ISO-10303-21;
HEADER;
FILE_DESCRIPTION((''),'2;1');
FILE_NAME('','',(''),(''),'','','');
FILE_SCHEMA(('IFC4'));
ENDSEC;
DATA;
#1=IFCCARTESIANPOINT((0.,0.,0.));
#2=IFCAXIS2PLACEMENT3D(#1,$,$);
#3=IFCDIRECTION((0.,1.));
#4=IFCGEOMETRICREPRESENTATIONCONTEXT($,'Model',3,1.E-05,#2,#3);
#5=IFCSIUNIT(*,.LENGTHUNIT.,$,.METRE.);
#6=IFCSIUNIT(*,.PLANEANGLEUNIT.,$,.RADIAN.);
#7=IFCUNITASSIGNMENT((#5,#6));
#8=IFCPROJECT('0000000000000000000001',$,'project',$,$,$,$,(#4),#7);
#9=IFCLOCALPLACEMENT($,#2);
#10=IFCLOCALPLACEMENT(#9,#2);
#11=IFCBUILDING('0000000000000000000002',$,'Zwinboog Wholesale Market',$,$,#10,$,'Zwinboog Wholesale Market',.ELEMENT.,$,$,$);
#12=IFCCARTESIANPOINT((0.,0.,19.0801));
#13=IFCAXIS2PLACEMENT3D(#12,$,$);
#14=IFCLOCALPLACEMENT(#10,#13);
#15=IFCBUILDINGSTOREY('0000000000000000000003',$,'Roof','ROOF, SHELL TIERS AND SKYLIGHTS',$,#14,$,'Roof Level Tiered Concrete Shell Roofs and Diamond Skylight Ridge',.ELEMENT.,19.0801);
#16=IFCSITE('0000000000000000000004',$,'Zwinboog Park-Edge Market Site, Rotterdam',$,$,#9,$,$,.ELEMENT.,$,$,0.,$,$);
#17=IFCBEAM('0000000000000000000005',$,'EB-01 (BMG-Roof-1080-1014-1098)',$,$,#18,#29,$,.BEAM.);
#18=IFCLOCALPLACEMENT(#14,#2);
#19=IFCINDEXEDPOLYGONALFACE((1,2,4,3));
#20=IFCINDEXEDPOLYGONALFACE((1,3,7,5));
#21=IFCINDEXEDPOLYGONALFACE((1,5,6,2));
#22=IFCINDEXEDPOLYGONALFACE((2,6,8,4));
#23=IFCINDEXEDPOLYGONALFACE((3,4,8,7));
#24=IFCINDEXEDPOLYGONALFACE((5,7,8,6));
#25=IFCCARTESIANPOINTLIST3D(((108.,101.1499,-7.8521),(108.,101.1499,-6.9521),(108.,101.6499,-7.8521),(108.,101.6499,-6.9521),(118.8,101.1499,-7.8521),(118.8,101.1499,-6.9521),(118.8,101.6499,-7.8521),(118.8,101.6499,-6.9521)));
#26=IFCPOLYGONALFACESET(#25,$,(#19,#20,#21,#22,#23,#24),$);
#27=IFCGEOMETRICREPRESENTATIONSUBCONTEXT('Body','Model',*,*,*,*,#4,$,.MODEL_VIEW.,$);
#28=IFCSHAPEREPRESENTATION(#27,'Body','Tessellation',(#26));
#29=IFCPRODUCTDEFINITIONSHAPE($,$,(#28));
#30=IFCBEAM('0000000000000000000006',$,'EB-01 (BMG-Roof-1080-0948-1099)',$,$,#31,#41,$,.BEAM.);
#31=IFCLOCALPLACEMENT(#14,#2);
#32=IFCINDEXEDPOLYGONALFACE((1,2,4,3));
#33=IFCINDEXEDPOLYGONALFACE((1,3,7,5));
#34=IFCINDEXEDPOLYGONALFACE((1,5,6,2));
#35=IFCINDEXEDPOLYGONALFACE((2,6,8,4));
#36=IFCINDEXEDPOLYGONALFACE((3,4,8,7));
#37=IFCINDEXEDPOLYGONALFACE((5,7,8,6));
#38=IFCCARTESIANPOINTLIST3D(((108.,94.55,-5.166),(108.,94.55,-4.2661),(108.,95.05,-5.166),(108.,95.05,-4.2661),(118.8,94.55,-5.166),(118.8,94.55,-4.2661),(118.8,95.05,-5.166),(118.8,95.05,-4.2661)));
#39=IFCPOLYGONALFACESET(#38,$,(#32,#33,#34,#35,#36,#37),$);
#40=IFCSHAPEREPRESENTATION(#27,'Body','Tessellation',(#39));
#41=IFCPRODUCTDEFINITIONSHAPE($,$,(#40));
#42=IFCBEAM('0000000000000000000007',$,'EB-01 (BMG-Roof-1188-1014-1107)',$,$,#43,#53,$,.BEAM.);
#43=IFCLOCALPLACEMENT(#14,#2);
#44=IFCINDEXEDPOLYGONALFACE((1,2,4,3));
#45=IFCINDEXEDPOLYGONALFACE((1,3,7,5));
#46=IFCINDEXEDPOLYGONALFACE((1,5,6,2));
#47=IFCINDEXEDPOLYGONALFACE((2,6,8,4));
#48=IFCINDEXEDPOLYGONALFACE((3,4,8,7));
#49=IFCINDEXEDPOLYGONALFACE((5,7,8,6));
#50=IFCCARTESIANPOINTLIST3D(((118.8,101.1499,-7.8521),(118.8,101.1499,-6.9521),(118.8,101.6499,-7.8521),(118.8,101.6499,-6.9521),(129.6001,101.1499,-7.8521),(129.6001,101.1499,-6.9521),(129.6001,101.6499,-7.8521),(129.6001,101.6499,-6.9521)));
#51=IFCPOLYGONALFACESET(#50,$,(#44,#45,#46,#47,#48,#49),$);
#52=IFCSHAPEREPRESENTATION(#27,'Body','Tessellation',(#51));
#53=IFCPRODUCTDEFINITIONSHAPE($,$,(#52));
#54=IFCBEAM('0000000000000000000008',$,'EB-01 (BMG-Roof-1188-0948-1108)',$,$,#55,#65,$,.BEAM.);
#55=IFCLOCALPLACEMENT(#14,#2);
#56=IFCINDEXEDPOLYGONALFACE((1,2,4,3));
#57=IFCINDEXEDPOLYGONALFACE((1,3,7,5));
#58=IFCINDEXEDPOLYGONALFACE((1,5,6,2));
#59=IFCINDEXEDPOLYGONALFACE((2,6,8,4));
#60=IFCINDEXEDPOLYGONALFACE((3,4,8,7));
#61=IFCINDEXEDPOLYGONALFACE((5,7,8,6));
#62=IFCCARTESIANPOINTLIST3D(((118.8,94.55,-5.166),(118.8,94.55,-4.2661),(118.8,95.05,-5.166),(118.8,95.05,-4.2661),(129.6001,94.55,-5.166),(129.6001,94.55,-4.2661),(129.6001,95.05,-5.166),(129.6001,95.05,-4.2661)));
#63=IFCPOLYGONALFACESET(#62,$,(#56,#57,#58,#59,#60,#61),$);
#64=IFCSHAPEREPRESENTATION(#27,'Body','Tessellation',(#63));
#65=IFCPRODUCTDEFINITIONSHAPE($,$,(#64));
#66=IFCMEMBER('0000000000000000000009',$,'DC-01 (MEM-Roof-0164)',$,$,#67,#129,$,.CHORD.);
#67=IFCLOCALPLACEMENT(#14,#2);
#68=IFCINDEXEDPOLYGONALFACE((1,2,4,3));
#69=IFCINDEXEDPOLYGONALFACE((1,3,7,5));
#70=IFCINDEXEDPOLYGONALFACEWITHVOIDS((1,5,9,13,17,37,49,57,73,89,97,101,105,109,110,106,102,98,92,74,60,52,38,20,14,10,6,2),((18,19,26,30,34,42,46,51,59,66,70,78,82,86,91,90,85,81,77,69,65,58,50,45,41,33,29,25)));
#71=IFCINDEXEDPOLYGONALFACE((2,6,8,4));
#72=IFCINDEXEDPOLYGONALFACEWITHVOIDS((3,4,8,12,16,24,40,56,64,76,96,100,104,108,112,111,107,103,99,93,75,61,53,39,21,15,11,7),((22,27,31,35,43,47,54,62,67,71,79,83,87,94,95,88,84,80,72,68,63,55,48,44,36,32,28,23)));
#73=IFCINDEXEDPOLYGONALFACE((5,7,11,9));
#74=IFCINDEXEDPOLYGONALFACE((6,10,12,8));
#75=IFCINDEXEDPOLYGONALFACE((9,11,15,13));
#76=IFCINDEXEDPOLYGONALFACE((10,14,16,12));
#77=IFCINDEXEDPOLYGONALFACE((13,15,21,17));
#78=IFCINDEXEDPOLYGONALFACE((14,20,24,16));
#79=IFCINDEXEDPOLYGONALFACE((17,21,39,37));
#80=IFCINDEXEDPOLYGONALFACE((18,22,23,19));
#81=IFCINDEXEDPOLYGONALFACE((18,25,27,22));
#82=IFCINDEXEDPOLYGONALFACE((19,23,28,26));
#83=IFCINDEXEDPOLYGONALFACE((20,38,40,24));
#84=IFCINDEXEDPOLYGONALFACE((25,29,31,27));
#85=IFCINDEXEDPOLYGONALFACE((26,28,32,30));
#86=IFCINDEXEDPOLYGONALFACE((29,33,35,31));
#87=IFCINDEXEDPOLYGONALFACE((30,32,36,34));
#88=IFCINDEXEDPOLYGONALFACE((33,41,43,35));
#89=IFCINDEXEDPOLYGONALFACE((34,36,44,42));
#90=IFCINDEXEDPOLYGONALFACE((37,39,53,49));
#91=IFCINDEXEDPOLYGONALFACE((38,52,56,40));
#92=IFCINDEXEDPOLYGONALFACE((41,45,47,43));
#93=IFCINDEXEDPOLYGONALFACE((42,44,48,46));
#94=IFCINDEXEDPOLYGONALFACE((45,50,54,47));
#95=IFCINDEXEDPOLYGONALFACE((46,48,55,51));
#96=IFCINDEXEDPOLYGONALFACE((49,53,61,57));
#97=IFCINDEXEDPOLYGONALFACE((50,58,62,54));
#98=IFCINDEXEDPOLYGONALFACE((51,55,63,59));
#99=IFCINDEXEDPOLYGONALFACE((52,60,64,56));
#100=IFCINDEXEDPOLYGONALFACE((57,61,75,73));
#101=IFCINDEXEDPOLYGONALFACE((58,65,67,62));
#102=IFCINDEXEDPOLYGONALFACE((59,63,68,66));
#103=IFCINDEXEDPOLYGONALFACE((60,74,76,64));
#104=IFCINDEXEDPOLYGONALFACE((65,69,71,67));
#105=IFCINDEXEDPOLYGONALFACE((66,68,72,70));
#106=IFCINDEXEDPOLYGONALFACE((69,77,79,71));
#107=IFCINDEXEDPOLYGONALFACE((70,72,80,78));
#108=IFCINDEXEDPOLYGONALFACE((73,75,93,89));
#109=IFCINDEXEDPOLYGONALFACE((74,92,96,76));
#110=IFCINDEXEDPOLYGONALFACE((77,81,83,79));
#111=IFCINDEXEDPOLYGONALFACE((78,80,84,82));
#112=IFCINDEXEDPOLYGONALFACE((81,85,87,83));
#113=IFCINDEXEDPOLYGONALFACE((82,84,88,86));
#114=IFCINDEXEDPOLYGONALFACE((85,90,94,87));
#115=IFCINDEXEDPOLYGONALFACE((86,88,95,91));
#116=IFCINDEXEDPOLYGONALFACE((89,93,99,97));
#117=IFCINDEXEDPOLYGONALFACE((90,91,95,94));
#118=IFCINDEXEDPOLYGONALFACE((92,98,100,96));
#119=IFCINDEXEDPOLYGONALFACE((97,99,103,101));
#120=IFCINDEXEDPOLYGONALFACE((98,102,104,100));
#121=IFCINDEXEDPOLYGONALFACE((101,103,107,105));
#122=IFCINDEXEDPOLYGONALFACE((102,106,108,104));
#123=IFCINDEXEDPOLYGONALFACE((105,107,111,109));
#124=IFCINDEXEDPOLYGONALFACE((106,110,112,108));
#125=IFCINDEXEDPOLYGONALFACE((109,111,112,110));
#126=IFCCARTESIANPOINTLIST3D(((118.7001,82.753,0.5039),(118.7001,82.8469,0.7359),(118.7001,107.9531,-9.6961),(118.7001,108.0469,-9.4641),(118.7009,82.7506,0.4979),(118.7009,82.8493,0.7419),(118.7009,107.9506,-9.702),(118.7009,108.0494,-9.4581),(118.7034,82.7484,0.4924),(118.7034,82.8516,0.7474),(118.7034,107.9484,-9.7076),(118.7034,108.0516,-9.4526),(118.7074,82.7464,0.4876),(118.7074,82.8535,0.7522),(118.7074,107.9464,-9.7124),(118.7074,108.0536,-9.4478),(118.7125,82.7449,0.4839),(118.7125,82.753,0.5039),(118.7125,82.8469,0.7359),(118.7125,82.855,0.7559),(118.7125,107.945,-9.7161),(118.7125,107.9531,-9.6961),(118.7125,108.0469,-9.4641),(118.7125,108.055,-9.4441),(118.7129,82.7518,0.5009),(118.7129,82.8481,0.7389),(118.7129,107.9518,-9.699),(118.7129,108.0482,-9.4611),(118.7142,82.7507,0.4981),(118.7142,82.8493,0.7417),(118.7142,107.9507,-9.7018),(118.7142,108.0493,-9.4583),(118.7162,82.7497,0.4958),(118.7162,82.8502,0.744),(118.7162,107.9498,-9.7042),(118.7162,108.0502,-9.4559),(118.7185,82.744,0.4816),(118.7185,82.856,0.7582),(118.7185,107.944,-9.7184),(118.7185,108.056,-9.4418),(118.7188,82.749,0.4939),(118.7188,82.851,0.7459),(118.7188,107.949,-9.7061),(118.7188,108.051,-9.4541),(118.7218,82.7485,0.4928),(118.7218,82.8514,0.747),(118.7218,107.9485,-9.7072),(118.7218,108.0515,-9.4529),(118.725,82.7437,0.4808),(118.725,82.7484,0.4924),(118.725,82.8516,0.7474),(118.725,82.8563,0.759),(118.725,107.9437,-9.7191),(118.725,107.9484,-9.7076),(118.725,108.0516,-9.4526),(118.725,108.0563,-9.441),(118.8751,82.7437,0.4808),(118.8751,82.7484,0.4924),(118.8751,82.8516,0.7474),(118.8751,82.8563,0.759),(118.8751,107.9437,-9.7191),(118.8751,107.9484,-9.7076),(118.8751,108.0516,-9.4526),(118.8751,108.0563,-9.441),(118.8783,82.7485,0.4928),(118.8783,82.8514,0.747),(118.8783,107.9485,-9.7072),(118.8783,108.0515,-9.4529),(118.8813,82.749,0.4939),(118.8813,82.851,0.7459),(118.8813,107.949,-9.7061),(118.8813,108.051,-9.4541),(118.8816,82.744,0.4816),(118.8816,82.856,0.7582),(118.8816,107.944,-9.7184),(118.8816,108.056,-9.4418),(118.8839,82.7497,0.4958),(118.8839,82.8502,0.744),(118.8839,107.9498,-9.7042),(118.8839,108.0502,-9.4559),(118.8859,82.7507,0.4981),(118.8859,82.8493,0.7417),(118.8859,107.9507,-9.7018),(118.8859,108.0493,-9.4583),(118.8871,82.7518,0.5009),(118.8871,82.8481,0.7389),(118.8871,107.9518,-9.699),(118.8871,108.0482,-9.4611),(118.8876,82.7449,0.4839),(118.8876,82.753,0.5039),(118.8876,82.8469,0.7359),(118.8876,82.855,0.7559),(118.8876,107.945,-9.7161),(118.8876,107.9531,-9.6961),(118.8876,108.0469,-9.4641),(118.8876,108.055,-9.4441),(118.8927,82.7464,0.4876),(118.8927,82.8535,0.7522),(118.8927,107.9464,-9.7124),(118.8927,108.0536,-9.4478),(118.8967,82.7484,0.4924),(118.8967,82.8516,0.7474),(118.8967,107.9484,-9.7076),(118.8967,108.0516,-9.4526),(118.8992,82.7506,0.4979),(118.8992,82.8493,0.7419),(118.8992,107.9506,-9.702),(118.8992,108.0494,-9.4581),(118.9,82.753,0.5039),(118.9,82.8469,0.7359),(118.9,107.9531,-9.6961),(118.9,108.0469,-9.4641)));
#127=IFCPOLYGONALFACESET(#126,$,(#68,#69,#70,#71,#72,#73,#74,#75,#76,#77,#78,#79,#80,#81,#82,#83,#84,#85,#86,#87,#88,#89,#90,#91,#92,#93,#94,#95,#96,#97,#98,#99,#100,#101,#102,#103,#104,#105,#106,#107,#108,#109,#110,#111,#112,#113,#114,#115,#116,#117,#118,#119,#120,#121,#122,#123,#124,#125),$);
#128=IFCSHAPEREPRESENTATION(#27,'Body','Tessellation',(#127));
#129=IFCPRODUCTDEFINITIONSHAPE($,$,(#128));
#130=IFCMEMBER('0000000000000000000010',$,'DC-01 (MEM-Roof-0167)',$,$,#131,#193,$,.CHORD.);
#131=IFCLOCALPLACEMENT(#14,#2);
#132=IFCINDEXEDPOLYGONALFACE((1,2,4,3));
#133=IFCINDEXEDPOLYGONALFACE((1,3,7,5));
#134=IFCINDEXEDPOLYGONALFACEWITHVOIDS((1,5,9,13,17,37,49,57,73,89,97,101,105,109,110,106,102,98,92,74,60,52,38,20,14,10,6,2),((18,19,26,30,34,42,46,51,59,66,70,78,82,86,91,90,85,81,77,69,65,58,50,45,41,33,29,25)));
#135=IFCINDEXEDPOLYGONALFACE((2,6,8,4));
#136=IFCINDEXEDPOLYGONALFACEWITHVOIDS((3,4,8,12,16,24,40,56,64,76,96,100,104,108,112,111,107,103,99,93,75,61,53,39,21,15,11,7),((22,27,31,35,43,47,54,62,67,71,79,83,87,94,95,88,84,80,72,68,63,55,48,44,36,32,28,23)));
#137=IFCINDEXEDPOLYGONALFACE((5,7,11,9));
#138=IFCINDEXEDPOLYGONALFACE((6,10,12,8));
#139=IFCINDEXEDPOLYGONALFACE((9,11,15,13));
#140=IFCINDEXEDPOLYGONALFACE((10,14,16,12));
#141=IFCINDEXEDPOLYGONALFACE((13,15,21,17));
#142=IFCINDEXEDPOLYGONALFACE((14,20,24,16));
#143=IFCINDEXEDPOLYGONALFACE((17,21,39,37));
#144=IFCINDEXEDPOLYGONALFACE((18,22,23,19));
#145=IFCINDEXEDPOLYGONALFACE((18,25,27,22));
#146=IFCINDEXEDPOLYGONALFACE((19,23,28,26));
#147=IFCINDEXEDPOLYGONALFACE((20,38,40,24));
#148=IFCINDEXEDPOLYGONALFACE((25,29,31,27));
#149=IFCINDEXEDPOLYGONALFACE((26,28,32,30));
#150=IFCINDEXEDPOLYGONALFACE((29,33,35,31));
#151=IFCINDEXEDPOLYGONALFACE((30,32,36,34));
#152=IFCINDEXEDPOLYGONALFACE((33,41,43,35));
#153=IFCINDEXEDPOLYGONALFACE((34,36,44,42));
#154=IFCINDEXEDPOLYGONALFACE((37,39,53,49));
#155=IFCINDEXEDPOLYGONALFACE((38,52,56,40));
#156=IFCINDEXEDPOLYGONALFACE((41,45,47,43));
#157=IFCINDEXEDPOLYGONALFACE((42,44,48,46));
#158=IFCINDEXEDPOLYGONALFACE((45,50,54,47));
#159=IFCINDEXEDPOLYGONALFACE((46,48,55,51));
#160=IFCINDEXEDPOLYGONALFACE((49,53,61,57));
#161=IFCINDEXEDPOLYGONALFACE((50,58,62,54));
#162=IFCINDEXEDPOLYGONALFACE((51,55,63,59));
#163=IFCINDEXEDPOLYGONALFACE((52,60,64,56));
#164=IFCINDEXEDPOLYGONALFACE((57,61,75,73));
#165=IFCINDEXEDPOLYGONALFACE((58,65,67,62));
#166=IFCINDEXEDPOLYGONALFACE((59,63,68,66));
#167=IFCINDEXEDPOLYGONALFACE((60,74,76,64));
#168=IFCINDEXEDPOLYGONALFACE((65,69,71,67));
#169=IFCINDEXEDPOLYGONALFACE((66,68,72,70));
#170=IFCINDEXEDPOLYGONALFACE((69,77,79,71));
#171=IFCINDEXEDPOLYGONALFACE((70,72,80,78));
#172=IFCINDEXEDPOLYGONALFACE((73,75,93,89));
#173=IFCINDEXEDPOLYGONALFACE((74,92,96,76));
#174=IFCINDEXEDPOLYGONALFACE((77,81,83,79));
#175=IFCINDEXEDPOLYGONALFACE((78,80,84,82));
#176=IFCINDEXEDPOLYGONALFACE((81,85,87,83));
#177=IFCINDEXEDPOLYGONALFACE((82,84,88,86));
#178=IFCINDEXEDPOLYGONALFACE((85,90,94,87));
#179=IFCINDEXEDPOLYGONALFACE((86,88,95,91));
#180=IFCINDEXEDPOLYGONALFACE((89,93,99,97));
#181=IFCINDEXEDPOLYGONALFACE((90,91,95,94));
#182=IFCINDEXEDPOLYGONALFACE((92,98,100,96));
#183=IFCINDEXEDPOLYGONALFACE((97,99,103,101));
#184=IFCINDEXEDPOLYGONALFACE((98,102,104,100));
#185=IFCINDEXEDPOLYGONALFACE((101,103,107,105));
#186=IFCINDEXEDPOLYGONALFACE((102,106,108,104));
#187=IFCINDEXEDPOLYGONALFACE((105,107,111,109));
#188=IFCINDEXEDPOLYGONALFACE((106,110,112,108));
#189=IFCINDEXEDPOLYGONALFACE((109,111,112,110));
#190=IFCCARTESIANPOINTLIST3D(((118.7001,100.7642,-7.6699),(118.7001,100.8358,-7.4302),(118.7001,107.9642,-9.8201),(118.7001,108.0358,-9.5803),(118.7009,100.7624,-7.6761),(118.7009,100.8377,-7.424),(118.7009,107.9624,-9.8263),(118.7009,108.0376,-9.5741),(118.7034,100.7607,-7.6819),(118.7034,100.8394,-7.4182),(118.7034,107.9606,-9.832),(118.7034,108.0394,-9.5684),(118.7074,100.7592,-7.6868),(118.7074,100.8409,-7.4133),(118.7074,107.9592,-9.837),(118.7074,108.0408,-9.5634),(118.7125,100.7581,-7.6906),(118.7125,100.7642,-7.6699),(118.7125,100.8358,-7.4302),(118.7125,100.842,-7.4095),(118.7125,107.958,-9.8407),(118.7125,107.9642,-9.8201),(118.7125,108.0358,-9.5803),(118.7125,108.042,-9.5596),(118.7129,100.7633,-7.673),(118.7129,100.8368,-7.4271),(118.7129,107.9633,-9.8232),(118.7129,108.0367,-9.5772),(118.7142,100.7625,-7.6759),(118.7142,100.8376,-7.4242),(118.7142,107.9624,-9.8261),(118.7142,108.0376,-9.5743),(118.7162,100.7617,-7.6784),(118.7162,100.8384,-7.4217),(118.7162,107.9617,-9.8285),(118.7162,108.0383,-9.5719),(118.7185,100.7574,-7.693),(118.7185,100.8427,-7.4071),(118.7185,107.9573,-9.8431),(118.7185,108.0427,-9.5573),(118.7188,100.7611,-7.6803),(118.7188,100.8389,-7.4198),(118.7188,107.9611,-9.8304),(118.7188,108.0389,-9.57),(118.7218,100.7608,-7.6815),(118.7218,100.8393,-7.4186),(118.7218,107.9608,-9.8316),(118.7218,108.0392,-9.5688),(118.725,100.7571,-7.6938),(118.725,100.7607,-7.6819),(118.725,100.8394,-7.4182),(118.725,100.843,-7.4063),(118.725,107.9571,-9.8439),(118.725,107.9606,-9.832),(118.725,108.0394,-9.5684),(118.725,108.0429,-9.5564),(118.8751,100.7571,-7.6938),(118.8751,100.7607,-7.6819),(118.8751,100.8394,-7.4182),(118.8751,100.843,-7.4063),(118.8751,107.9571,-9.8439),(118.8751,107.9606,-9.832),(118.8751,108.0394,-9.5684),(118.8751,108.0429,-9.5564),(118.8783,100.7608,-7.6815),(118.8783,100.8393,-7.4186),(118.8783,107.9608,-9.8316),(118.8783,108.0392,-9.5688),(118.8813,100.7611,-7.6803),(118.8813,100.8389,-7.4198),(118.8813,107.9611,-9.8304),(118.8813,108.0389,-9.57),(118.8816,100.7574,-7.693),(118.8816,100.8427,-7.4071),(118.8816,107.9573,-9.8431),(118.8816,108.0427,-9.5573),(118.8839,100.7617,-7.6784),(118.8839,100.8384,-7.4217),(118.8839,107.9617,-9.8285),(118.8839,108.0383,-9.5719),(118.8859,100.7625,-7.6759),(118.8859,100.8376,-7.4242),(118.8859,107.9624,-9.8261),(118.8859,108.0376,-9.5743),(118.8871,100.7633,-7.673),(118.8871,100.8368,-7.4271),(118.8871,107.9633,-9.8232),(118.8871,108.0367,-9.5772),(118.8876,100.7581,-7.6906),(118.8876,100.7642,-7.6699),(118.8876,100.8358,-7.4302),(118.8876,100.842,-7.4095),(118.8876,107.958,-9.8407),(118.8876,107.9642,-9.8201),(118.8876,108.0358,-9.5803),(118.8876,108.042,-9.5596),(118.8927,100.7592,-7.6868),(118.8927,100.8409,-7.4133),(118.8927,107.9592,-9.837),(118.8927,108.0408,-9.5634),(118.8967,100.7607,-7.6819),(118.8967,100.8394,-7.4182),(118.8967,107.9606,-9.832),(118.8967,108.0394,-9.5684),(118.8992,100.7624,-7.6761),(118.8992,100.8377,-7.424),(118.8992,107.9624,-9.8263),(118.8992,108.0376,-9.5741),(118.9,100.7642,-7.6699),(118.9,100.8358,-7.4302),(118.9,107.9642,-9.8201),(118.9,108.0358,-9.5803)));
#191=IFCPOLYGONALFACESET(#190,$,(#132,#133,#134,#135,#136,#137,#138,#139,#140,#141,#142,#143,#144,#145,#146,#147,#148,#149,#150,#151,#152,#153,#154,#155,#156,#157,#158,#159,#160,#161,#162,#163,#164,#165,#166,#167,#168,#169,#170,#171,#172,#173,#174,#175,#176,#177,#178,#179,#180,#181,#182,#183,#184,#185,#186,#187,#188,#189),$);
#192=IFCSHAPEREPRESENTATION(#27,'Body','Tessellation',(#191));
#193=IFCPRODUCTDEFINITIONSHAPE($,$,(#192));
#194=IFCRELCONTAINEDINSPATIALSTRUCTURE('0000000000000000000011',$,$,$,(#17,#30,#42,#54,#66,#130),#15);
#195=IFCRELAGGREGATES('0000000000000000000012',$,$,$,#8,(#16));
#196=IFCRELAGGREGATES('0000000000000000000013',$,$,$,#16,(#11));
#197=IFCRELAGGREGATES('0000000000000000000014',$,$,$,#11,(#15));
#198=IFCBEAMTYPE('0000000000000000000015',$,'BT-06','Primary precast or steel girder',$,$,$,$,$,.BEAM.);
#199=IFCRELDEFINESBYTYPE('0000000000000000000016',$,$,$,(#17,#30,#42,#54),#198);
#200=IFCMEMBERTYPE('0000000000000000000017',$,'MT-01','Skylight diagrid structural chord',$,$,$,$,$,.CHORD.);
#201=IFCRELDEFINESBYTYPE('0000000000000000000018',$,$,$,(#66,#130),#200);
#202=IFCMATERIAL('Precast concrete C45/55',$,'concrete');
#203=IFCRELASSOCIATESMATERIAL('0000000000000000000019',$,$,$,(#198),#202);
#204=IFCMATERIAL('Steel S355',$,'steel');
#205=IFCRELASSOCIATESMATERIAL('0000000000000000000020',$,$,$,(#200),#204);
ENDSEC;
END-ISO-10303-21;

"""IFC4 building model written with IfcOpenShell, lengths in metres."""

from ifc_helpers import new_model, si_unit, direction, frame, origin, origin_2d, place, context, subcontext, project, spatial, rectangle, hollow_rectangle, extrude, material, material_profile, profile_set, type_object, element, save


model = new_model("IFC4")

# Units and contexts
model_context = context("Model", 3, precision=1e-05, world=origin(), true_north=direction((0.0, 1.0)))
body_context = subcontext(model_context, "Body", "Model", "MODEL_VIEW")
ifc_project = project(units=[si_unit("LENGTHUNIT", "METRE"), si_unit("PLANEANGLEUNIT", "RADIAN")], contexts=[model_context])

# Site, building, storey
site_placement = place(None, origin())
site = spatial("IfcSite", under=ifc_project, at=site_placement, Name="Zwinboog Park-Edge Market Site, Rotterdam", CompositionType="ELEMENT", RefElevation=0.0)
building_placement = place(site_placement, origin())
building = spatial("IfcBuilding", under=site, at=building_placement, Name="Zwinboog Wholesale Market", LongName="Zwinboog Wholesale Market", CompositionType="ELEMENT")
storey_placement = place(building_placement, frame((0.0, 0.0, 19.0801)))
storey = spatial("IfcBuildingStorey", under=building, at=storey_placement, Name="Roof", Description="ROOF, SHELL TIERS AND SKYLIGHTS", LongName="Roof Level Tiered Concrete Shell Roofs and Diamond Skylight Ridge", CompositionType="ELEMENT", Elevation=19.0801)

# Beams
ifc_material_1 = material(Name="Precast concrete C45/55", Category="concrete")
ifc_material_profile_1 = material_profile(ifc_material_1, rectangle(XDim=0.5, YDim=0.8999, at=origin_2d()), Name="PC 500x900")
ifc_profile_set_1 = profile_set([ifc_material_profile_1], Name="Precast concrete C45/55")
beam_type = type_object("IfcBeamType", Name="BT-06", Description="Primary precast or steel girder", PredefinedType="BEAM", material=ifc_profile_set_1)
for number, where, z_axis, x_axis, name in (
    (1, (108.0, 101.3999, -7.4021), (1.0, 0.0, 0.0), (0.0, 1.0, 0.0), "EB-01 (BMG-Roof-1080-1014-1098)"),
    (2, (108.0, 94.8, -4.7161), (1.0, 0.0, 0.0), (0.0, 1.0, 0.0), "EB-01 (BMG-Roof-1080-0948-1099)"),
    (3, (118.8, 101.3999, -7.4021), (1.0, 0.0, 0.0), (0.0, 1.0, 0.0), "EB-01 (BMG-Roof-1188-1014-1107)"),
    (4, (118.8, 94.8, -4.7161), (1.0, 0.0, 0.0), (0.0, 1.0, 0.0), "EB-01 (BMG-Roof-1188-0948-1108)"),
):
    element("IfcBeam", number, at=place(storey_placement, frame(where, z_axis=z_axis, x_axis=x_axis)), inside=storey, type_object=beam_type, Name=name, PredefinedType="BEAM", context=body_context, shape_type="SweptSolid", body=[
        extrude(rectangle(XDim=0.5, YDim=0.8999, at=origin_2d()), origin(), (0.0, 0.0, 1.0), 10.8),
    ])

# Members
ifc_material_2 = material(Name="Steel S355", Category="steel")
ifc_material_profile_2 = material_profile(ifc_material_2, hollow_rectangle(XDim=0.2, YDim=0.3, WallThickness=0.0125, InnerFilletRadius=0.0125, OuterFilletRadius=0.0249, at=origin_2d()), Name="RHS 300x200x12.5")
ifc_profile_set_2 = profile_set([ifc_material_profile_2], Name="Steel S355")
member_type_1 = type_object("IfcMemberType", Name="MT-01", Description="Skylight diagrid structural chord", PredefinedType="CHORD", material=ifc_profile_set_2)
member_1_placement = place(storey_placement, frame((118.8, 108.0, -9.5801), z_axis=(0.0, -0.926947, 0.375192), x_axis=(1.0, 0.0, 0.0)))
element("IfcMember", 5, at=member_1_placement, inside=storey, type_object=member_type_1, Name="DC-01 (MEM-Roof-0164)", PredefinedType="CHORD", context=body_context, shape_type="SweptSolid", body=[
    extrude(hollow_rectangle(XDim=0.2, YDim=0.3, WallThickness=0.0125, InnerFilletRadius=0.0125, OuterFilletRadius=0.0249, at=origin_2d()), origin(), (0.0, 0.0, 1.0), 27.186),
])
for number, where, z_axis, x_axis, name in (
    (6, (118.8, 108.0, -9.7002), (0.0, -0.958186, 0.286146), (1.0, 0.0, 0.0), "DC-01 (MEM-Roof-0167)"),
):
    element("IfcMember", number, at=place(storey_placement, frame(where, z_axis=z_axis, x_axis=x_axis)), inside=storey, type_object=member_type_1, Name=name, PredefinedType="CHORD", context=body_context, shape_type="SweptSolid", body=[
        extrude(hollow_rectangle(XDim=0.2, YDim=0.3, WallThickness=0.0125, InnerFilletRadius=0.0125, OuterFilletRadius=0.0249, at=origin_2d()), origin(), (0.0, 0.0, 1.0), 7.5142),
    ])

save(model, "model.ifc")
